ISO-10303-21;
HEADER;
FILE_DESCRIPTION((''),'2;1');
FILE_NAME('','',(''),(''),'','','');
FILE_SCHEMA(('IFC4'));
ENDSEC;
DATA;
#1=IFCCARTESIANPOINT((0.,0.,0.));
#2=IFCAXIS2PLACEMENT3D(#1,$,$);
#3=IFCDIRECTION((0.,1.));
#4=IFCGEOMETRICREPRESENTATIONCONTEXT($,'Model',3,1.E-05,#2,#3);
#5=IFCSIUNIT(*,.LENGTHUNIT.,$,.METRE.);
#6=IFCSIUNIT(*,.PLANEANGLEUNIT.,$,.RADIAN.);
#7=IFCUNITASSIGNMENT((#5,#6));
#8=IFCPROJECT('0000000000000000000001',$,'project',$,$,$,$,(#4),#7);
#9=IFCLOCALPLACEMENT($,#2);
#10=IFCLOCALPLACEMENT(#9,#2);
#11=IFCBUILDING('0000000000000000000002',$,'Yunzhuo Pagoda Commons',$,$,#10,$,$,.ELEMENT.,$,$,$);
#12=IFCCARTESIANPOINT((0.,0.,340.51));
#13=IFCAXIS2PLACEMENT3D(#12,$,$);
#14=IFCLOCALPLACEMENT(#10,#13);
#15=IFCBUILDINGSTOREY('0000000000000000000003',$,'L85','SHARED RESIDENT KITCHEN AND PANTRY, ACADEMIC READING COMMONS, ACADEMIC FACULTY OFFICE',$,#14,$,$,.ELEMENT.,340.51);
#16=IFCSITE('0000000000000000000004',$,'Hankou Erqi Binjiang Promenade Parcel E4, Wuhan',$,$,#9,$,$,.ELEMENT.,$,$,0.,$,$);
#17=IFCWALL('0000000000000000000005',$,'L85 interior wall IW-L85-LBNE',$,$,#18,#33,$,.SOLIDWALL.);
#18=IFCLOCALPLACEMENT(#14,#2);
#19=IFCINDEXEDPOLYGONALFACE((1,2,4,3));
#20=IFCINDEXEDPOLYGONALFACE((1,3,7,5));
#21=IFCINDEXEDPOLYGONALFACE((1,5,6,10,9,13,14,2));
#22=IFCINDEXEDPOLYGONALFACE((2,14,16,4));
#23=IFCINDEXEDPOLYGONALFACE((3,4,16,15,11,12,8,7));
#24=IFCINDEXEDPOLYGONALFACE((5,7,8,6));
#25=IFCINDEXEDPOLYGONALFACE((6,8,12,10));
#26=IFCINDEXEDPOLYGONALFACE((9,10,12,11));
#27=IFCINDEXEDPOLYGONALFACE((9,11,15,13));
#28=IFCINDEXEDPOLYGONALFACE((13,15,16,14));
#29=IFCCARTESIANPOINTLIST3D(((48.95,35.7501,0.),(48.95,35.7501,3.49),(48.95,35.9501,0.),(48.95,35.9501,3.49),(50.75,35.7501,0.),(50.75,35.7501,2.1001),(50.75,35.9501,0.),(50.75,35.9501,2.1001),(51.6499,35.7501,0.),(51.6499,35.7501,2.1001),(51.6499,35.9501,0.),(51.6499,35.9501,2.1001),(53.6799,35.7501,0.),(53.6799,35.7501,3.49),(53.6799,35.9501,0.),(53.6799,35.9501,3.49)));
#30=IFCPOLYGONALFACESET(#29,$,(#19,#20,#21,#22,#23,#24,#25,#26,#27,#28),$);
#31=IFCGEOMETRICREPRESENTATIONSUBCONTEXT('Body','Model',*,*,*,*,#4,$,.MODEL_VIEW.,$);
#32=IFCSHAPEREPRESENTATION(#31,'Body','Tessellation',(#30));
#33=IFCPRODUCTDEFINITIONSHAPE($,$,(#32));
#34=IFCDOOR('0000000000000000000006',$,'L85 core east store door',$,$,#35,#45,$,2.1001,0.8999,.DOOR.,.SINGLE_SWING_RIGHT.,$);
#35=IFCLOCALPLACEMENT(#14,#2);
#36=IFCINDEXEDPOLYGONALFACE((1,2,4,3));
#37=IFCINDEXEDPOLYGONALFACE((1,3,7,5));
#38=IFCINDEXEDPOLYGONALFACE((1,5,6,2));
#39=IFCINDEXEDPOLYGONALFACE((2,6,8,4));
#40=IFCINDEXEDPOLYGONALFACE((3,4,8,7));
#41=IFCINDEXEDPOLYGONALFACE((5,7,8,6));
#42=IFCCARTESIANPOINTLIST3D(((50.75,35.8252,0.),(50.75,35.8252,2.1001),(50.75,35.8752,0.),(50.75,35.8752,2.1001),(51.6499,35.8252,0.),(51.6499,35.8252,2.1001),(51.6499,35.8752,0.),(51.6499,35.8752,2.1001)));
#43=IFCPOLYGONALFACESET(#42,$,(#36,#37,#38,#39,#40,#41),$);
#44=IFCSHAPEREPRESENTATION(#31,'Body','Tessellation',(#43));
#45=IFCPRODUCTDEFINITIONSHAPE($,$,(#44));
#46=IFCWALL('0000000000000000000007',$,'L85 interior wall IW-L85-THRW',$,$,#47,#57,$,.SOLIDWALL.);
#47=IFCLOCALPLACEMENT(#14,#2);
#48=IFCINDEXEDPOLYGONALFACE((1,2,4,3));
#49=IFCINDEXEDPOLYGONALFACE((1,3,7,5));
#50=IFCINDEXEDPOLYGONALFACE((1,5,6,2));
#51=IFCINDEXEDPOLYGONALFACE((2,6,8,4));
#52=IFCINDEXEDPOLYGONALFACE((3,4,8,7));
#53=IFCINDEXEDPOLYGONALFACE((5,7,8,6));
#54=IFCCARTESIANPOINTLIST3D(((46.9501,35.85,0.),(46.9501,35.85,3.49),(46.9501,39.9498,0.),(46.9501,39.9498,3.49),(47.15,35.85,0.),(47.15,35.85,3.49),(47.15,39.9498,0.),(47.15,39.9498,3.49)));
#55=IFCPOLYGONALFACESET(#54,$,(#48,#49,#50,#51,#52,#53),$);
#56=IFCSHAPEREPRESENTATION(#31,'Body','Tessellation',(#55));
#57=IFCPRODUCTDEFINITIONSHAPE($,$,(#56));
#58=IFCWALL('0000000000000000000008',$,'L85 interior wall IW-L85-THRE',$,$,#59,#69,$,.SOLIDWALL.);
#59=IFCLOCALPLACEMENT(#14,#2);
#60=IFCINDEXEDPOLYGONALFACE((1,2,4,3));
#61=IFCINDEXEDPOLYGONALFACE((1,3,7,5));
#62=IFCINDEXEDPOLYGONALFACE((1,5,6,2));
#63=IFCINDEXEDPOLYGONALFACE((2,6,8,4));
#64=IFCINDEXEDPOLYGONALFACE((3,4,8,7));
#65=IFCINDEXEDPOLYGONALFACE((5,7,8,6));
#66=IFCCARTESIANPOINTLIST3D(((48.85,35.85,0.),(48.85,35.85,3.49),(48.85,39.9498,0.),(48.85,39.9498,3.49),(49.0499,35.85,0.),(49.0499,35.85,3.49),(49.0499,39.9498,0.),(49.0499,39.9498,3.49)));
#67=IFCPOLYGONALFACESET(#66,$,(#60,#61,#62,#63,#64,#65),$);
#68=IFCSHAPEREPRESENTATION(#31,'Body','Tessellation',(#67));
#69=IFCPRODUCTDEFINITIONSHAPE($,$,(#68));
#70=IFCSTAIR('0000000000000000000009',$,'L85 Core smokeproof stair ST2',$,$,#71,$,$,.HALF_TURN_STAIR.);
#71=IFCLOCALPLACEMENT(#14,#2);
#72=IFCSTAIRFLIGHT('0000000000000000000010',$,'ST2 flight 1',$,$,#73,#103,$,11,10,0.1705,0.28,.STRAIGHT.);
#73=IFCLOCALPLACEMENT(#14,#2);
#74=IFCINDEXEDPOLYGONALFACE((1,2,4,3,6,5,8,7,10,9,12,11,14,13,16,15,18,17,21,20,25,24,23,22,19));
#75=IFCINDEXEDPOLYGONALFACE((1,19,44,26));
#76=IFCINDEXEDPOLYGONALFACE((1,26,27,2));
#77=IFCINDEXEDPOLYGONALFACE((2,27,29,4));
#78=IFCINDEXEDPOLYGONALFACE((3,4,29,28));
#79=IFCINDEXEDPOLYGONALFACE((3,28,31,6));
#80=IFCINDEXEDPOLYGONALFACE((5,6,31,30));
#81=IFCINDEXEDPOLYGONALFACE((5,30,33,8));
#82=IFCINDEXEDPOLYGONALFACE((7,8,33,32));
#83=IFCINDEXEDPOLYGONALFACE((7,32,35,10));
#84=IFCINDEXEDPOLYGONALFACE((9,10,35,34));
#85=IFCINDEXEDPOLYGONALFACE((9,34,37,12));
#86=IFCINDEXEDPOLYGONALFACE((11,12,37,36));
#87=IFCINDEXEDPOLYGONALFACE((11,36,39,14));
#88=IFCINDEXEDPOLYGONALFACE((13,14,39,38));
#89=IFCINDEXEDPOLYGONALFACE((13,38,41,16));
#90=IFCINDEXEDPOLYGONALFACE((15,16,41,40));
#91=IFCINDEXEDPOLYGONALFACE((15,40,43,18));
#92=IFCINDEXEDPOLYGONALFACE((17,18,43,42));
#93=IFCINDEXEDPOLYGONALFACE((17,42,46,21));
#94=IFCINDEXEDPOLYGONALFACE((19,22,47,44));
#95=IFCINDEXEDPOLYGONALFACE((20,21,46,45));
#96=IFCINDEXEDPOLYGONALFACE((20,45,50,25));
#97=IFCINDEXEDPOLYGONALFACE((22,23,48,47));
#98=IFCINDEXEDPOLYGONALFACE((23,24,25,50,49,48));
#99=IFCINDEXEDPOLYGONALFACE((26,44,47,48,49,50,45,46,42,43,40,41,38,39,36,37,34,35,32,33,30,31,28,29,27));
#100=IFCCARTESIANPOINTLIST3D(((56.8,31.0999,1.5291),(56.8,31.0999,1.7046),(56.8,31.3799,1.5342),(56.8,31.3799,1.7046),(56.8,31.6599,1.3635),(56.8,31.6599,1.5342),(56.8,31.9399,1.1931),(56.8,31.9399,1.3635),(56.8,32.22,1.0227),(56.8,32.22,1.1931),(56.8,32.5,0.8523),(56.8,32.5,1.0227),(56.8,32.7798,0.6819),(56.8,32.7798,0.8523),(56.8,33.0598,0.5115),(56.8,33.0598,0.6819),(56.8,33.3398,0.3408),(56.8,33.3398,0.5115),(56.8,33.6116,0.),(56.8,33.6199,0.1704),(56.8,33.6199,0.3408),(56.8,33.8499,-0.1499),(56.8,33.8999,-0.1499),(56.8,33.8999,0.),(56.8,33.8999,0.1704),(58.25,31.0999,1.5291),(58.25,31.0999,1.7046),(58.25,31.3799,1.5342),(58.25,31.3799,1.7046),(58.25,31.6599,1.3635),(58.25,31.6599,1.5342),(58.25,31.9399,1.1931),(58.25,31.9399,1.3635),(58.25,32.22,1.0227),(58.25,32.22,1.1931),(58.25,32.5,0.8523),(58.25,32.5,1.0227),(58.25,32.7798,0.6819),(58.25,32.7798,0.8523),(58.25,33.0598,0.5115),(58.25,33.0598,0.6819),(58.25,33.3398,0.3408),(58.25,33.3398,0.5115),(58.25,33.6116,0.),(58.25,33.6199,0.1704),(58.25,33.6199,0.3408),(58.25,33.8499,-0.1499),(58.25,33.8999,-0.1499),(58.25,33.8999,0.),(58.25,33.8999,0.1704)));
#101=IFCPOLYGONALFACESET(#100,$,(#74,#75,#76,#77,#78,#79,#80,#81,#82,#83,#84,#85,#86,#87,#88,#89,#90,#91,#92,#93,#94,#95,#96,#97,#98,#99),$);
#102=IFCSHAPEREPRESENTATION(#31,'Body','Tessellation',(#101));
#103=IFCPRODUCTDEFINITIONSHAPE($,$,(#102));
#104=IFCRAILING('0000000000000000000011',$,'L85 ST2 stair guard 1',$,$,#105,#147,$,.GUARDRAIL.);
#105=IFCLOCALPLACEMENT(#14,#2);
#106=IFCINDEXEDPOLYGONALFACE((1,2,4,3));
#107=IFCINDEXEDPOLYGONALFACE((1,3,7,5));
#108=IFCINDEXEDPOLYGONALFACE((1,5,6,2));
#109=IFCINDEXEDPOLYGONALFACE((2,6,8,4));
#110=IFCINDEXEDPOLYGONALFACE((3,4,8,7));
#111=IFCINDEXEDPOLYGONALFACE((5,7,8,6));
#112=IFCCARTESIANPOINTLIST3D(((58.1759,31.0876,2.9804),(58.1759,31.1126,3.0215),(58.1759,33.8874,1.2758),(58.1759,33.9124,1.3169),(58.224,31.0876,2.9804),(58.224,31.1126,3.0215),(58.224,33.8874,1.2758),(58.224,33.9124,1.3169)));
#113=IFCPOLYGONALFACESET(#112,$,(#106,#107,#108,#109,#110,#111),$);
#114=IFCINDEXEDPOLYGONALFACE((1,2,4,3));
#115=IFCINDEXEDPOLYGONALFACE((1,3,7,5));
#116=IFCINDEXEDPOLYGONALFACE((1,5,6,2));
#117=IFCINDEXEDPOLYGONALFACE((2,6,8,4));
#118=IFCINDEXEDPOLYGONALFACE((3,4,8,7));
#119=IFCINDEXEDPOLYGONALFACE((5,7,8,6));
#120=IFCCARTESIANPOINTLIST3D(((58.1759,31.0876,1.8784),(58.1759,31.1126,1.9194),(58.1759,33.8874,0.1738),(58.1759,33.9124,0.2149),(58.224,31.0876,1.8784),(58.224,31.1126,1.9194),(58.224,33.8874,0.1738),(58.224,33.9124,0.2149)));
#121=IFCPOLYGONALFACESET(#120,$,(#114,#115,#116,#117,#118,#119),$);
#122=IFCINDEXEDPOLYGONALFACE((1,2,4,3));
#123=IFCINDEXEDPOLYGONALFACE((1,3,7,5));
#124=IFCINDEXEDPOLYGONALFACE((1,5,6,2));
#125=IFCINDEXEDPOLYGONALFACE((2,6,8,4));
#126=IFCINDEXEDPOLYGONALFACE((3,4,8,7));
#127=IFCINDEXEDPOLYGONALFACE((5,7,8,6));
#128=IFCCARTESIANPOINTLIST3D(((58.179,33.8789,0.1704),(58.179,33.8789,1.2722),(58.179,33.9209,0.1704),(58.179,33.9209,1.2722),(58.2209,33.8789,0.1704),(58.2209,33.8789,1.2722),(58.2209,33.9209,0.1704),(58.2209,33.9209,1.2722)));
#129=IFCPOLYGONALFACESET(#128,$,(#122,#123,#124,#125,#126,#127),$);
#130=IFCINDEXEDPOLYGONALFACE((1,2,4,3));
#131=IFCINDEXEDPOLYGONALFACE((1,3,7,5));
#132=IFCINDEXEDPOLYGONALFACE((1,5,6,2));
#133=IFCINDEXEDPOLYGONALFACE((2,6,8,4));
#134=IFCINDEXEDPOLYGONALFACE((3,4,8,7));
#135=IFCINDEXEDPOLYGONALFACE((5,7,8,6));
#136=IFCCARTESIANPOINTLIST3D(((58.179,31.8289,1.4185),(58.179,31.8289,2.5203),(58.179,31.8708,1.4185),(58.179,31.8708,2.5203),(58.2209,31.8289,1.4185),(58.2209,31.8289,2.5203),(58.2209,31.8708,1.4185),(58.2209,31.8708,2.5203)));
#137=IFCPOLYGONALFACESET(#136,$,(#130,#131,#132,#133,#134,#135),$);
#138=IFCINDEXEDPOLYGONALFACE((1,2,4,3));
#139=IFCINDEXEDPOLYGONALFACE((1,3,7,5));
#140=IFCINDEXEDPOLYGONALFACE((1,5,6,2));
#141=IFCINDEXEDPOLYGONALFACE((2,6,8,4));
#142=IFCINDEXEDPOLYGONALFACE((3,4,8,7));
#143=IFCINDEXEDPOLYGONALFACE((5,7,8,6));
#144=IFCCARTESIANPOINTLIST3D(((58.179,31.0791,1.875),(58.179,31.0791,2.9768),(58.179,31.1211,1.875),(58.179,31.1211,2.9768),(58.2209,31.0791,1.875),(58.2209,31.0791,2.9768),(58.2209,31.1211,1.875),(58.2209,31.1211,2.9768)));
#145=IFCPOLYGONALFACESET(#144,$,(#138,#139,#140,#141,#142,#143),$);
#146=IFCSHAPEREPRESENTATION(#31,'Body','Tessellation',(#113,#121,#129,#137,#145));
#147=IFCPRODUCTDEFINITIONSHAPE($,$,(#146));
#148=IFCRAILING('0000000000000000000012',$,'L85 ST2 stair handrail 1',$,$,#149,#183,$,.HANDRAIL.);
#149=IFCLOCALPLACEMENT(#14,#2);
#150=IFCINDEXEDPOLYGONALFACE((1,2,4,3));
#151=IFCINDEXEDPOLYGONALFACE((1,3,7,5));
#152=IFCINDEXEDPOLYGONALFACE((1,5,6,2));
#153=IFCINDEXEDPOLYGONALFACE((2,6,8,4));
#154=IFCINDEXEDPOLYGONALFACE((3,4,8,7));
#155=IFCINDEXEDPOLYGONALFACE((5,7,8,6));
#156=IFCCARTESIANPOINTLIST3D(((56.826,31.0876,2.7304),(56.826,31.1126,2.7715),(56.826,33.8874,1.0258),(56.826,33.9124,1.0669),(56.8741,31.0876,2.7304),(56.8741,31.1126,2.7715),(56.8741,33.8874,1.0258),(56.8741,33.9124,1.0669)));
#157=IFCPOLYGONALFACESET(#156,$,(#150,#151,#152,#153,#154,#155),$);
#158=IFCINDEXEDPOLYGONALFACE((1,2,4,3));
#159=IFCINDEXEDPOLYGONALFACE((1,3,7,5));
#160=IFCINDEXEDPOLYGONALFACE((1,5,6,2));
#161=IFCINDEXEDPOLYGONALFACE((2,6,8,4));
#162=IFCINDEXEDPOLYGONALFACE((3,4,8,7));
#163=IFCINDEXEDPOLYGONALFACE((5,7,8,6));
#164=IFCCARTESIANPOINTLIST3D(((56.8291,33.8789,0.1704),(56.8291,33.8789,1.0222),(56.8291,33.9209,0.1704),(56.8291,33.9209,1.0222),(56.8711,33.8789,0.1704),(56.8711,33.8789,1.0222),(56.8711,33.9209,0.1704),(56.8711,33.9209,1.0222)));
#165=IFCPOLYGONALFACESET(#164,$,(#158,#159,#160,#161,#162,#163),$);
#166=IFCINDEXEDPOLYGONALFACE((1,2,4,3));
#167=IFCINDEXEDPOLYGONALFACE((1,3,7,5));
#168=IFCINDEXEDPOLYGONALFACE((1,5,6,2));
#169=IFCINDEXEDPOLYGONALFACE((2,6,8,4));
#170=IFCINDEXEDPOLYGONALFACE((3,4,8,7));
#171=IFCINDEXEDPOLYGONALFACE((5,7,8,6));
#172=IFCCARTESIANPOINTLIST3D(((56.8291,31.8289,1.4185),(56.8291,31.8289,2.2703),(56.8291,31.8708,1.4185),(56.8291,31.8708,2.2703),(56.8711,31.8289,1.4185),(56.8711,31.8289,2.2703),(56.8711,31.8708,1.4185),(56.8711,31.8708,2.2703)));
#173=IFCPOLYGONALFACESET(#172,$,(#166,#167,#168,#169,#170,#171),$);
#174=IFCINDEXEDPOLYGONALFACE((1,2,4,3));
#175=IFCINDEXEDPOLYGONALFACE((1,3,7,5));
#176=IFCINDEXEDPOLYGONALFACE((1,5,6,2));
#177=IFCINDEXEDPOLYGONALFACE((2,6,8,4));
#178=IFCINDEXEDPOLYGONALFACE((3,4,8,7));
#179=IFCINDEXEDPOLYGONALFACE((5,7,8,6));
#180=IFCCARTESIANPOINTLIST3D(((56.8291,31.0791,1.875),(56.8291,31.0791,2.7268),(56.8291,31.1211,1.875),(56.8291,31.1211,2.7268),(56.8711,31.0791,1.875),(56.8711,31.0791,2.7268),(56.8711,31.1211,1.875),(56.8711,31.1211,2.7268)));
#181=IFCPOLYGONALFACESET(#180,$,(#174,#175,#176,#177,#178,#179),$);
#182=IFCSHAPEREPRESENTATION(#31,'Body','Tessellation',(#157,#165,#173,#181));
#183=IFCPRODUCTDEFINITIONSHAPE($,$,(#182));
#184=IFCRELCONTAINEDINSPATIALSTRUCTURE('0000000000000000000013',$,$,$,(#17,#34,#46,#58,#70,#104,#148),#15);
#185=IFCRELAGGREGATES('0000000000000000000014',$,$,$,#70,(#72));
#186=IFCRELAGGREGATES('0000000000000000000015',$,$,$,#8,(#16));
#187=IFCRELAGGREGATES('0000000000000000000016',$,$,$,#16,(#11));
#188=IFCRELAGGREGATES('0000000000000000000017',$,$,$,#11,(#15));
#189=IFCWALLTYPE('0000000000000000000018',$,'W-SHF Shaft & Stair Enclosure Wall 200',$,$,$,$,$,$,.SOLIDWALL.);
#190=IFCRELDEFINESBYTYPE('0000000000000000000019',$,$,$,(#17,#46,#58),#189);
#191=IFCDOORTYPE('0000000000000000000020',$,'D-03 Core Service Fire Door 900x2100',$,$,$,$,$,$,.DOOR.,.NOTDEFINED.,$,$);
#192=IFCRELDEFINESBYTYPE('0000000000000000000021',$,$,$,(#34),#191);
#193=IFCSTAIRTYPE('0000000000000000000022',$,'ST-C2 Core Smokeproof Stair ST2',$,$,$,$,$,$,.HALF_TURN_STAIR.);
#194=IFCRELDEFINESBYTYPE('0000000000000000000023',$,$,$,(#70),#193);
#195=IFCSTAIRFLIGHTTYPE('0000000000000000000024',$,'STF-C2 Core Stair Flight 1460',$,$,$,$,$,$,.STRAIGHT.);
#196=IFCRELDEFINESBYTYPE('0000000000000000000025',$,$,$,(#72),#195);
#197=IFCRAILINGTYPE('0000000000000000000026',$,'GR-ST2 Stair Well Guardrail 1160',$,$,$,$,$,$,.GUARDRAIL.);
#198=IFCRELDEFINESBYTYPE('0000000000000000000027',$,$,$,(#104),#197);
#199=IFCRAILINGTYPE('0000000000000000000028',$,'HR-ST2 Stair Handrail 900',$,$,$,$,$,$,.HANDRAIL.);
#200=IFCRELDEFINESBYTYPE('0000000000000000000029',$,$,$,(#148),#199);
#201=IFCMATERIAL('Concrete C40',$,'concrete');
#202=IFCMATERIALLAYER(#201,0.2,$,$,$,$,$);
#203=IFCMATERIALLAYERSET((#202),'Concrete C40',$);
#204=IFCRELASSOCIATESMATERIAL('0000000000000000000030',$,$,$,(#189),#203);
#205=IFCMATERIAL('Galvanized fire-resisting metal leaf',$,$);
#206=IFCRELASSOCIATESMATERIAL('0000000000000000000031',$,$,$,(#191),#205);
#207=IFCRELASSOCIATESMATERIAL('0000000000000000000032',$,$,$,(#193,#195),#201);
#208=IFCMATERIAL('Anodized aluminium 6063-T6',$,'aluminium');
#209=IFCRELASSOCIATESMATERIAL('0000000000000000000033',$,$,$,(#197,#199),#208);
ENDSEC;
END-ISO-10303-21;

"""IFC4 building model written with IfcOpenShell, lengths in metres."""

from ifc_helpers import new_model, si_unit, direction, frame, frame_2d, origin, origin_2d, place, context, subcontext, project, spatial, polyline, rectangle, outline, extrude, source, transform, mapped, material, layer, layer_set, type_object, element, fill, aggregate, save


model = new_model("IFC4")

# Units and contexts
model_context = context("Model", 3, precision=1e-05, world=origin(), true_north=direction((0.0, 1.0)))
body_context = subcontext(model_context, "Body", "Model", "MODEL_VIEW")
ifc_project = project(units=[si_unit("LENGTHUNIT", "METRE"), si_unit("PLANEANGLEUNIT", "RADIAN")], contexts=[model_context])

# Site, building, storey
site_placement = place(None, origin())
site = spatial("IfcSite", under=ifc_project, at=site_placement, Name="Hankou Erqi Binjiang Promenade Parcel E4, Wuhan", CompositionType="ELEMENT", RefElevation=0.0)
building_placement = place(site_placement, origin())
building = spatial("IfcBuilding", under=site, at=building_placement, Name="Yunzhuo Pagoda Commons", CompositionType="ELEMENT")
storey_placement = place(building_placement, frame((0.0, 0.0, 340.51)))
storey = spatial("IfcBuildingStorey", under=building, at=storey_placement, Name="L85", Description="SHARED RESIDENT KITCHEN AND PANTRY, ACADEMIC READING COMMONS, ACADEMIC FACULTY OFFICE", CompositionType="ELEMENT", Elevation=340.51)

# Shared definitions
ifc_material_1 = material(Name="Galvanized fire-resisting metal leaf")

# Shared definitions
ifc_material_2 = material(Name="Concrete C40", Category="concrete")
ifc_layer_1 = layer(ifc_material_2, 0.2)
ifc_layer_set_1 = layer_set([ifc_layer_1], Name="Concrete C40")
wall_type_1 = type_object("IfcWallType", Name="W-SHF Shaft & Stair Enclosure Wall 200", PredefinedType="SOLIDWALL", material=ifc_layer_set_1)

# Wall, opening, door
wall_1_placement = place(storey_placement, frame((48.95, 35.8501, 0.0), z_axis=(0.0, 0.0, 1.0), x_axis=(1.0, 0.0, 0.0)))
wall_1 = element("IfcWall", 1, at=wall_1_placement, inside=storey, type_object=wall_type_1, Name="L85 interior wall IW-L85-LBNE", PredefinedType="SOLIDWALL", context=body_context, shape_type="SweptSolid", body=[
    extrude(rectangle(XDim=4.73, YDim=0.2, at=frame_2d((2.365, 0.0))), origin(), (0.0, 0.0, 1.0), 3.49),
])
opening_1_placement = place(wall_1_placement, frame((1.8, 0.0, 0.0)))
opening_1 = element("IfcOpeningElement", 2, at=opening_1_placement, cuts=wall_1, PredefinedType="OPENING", context=body_context, shape_type="SweptSolid", body=[
    extrude(rectangle(XDim=0.8999, YDim=2.1001, at=frame_2d((0.45, 1.05))), frame((0.0, 0.1099, 0.0), z_axis=(0.0, -1.0, 0.0), x_axis=(1.0, 0.0, 0.0)), (0.0, 0.0, 1.0), 0.22),
])
door_type_1 = type_object("IfcDoorType", Name="D-03 Core Service Fire Door 900x2100", OperationType="NOTDEFINED", PredefinedType="DOOR", material=ifc_material_1)
shared_shape_1 = source(origin(), body_context, "Body", "SweptSolid", [
    extrude(rectangle(XDim=0.8999, YDim=2.1001, at=frame_2d((0.45, 1.05))), frame((0.0, 0.0249, 0.0), z_axis=(0.0, -1.0, 0.0), x_axis=(1.0, 0.0, 0.0)), (0.0, 0.0, 1.0), 0.05),
])
door_1_placement = place(opening_1_placement, frame((0.8999, 0.0, 0.0), z_axis=(0.0, 0.0, 1.0), x_axis=(-1.0, 0.0, 0.0)))
door_1 = element("IfcDoor", 3, at=door_1_placement, inside=storey, type_object=door_type_1, Name="L85 core east store door", OperationType="SINGLE_SWING_RIGHT", OverallHeight=2.1001, OverallWidth=0.8999, PredefinedType="DOOR", context=body_context, shape_type="MappedRepresentation", body=[
    mapped(shared_shape_1, transform((0.0, 0.0, 0.0), scale=1.0)),
])
fill(opening_1, door_1)

# Walls
for number, where, z_axis, x_axis, name in (
    (4, (47.05, 35.8501, 0.0), (0.0, 0.0, 1.0), (0.0, 1.0, 0.0), "L85 interior wall IW-L85-THRW"),
    (5, (48.95, 35.8501, 0.0), (0.0, 0.0, 1.0), (0.0, 1.0, 0.0), "L85 interior wall IW-L85-THRE"),
):
    element("IfcWall", number, at=place(storey_placement, frame(where, z_axis=z_axis, x_axis=x_axis)), inside=storey, type_object=wall_type_1, Name=name, PredefinedType="SOLIDWALL", context=body_context, shape_type="SweptSolid", body=[
        extrude(rectangle(XDim=4.0999, YDim=0.2, at=frame_2d((2.0498, 0.0))), origin(), (0.0, 0.0, 1.0), 3.49),
    ])

# Stair, stair flight
stair_type = type_object("IfcStairType", Name="ST-C2 Core Smokeproof Stair ST2", PredefinedType="HALF_TURN_STAIR", material=ifc_material_2)
stair_placement = place(storey_placement, origin())
stair = element("IfcStair", 6, at=stair_placement, inside=storey, type_object=stair_type, Name="L85 Core smokeproof stair ST2", PredefinedType="HALF_TURN_STAIR")
stair_flight_type = type_object("IfcStairFlightType", Name="STF-C2 Core Stair Flight 1460", PredefinedType="STRAIGHT", material=ifc_material_2)
shared_shape_2 = source(origin(), body_context, "Body", "SweptSolid", [
    extrude(outline(polyline([(0.0, -0.1499), (0.0, 0.0), (0.0, 0.1704), (0.28, 0.1704), (0.28, 0.3408), (0.5601, 0.3408), (0.5601, 0.5115), (0.8401, 0.5115), (0.8401, 0.6819), (1.1201, 0.6819), (1.1201, 0.8523), (1.3999, 0.8523), (1.3999, 1.0227), (1.6799, 1.0227), (1.6799, 1.1931), (1.96, 1.1931), (1.96, 1.3635), (2.24, 1.3635), (2.24, 1.5342), (2.52, 1.5342), (2.52, 1.7046), (2.8, 1.7046), (2.8, 1.875), (2.8, 1.5291), (0.2883, 0.0), (0.05, -0.1499), (0.0, -0.1499)])), frame((0.0, 0.7251, 0.0), z_axis=(0.0, -1.0, 0.0), x_axis=(1.0, 0.0, 0.0)), (0.0, 0.0, 1.0), 1.45),
])
stair_flight_placement = place(storey_placement, frame((57.5249, 33.8999, 0.0), z_axis=(0.0, 0.0, 1.0), x_axis=(0.0, -1.0, 0.0)))
stair_flight = element("IfcStairFlight", 7, at=stair_flight_placement, type_object=stair_flight_type, Name="ST2 flight 1", NumberOfRisers=11, NumberOfTreads=10, PredefinedType="STRAIGHT", RiserHeight=0.1705, TreadLength=0.28, context=body_context, shape_type="MappedRepresentation", body=[
    mapped(shared_shape_2, transform((0.0, 0.0, 0.0), scale=1.0)),
])
aggregate(stair, [stair_flight])

# Railings
ifc_material_3 = material(Name="Anodized aluminium 6063-T6", Category="aluminium")
railing_type_1 = type_object("IfcRailingType", Name="GR-ST2 Stair Well Guardrail 1160", PredefinedType="GUARDRAIL", material=ifc_material_3)
railing_1_placement = place(storey_placement, frame((58.2, 33.8999, 0.1704)))
element("IfcRailing", 8, at=railing_1_placement, inside=storey, type_object=railing_type_1, Name="L85 ST2 stair guard 1", PredefinedType="GUARDRAIL", context=body_context, shape_type="SweptSolid", body=[
    extrude(rectangle(XDim=0.0481, YDim=0.0481, at=origin_2d()), frame((0.0, 0.0, 1.126), z_axis=(0.0, -0.85415, 0.520027), x_axis=(1.0, 0.0, 0.0)), (0.0, 0.0, 1.0), 3.2778),
    extrude(rectangle(XDim=0.0481, YDim=0.0481, at=origin_2d()), frame((0.0, 0.0, 0.0239), z_axis=(0.0, -0.85415, 0.520027), x_axis=(1.0, 0.0, 0.0)), (0.0, 0.0, 1.0), 3.2778),
    extrude(rectangle(XDim=0.042, YDim=0.042, at=origin_2d()), origin(), (0.0, 0.0, 1.0), 1.1018),
    extrude(rectangle(XDim=0.042, YDim=0.042, at=origin_2d()), frame((0.0, -2.05, 1.248)), (0.0, 0.0, 1.0), 1.1018),
    extrude(rectangle(XDim=0.042, YDim=0.042, at=origin_2d()), frame((0.0, -2.7998, 1.7046)), (0.0, 0.0, 1.0), 1.1018),
])
railing_type_2 = type_object("IfcRailingType", Name="HR-ST2 Stair Handrail 900", PredefinedType="HANDRAIL", material=ifc_material_3)
railing_2_placement = place(storey_placement, frame((56.8501, 33.8999, 0.1704)))
element("IfcRailing", 9, at=railing_2_placement, inside=storey, type_object=railing_type_2, Name="L85 ST2 stair handrail 1", PredefinedType="HANDRAIL", context=body_context, shape_type="SweptSolid", body=[
    extrude(rectangle(XDim=0.0481, YDim=0.0481, at=origin_2d()), frame((0.0, 0.0, 0.876), z_axis=(0.0, -0.85415, 0.520027), x_axis=(1.0, 0.0, 0.0)), (0.0, 0.0, 1.0), 3.2778),
    extrude(rectangle(XDim=0.042, YDim=0.042, at=origin_2d()), origin(), (0.0, 0.0, 1.0), 0.8518),
    extrude(rectangle(XDim=0.042, YDim=0.042, at=origin_2d()), frame((0.0, -2.05, 1.248)), (0.0, 0.0, 1.0), 0.8518),
    extrude(rectangle(XDim=0.042, YDim=0.042, at=origin_2d()), frame((0.0, -2.7998, 1.7046)), (0.0, 0.0, 1.0), 0.8518),
])

save(model, "model.ifc")
